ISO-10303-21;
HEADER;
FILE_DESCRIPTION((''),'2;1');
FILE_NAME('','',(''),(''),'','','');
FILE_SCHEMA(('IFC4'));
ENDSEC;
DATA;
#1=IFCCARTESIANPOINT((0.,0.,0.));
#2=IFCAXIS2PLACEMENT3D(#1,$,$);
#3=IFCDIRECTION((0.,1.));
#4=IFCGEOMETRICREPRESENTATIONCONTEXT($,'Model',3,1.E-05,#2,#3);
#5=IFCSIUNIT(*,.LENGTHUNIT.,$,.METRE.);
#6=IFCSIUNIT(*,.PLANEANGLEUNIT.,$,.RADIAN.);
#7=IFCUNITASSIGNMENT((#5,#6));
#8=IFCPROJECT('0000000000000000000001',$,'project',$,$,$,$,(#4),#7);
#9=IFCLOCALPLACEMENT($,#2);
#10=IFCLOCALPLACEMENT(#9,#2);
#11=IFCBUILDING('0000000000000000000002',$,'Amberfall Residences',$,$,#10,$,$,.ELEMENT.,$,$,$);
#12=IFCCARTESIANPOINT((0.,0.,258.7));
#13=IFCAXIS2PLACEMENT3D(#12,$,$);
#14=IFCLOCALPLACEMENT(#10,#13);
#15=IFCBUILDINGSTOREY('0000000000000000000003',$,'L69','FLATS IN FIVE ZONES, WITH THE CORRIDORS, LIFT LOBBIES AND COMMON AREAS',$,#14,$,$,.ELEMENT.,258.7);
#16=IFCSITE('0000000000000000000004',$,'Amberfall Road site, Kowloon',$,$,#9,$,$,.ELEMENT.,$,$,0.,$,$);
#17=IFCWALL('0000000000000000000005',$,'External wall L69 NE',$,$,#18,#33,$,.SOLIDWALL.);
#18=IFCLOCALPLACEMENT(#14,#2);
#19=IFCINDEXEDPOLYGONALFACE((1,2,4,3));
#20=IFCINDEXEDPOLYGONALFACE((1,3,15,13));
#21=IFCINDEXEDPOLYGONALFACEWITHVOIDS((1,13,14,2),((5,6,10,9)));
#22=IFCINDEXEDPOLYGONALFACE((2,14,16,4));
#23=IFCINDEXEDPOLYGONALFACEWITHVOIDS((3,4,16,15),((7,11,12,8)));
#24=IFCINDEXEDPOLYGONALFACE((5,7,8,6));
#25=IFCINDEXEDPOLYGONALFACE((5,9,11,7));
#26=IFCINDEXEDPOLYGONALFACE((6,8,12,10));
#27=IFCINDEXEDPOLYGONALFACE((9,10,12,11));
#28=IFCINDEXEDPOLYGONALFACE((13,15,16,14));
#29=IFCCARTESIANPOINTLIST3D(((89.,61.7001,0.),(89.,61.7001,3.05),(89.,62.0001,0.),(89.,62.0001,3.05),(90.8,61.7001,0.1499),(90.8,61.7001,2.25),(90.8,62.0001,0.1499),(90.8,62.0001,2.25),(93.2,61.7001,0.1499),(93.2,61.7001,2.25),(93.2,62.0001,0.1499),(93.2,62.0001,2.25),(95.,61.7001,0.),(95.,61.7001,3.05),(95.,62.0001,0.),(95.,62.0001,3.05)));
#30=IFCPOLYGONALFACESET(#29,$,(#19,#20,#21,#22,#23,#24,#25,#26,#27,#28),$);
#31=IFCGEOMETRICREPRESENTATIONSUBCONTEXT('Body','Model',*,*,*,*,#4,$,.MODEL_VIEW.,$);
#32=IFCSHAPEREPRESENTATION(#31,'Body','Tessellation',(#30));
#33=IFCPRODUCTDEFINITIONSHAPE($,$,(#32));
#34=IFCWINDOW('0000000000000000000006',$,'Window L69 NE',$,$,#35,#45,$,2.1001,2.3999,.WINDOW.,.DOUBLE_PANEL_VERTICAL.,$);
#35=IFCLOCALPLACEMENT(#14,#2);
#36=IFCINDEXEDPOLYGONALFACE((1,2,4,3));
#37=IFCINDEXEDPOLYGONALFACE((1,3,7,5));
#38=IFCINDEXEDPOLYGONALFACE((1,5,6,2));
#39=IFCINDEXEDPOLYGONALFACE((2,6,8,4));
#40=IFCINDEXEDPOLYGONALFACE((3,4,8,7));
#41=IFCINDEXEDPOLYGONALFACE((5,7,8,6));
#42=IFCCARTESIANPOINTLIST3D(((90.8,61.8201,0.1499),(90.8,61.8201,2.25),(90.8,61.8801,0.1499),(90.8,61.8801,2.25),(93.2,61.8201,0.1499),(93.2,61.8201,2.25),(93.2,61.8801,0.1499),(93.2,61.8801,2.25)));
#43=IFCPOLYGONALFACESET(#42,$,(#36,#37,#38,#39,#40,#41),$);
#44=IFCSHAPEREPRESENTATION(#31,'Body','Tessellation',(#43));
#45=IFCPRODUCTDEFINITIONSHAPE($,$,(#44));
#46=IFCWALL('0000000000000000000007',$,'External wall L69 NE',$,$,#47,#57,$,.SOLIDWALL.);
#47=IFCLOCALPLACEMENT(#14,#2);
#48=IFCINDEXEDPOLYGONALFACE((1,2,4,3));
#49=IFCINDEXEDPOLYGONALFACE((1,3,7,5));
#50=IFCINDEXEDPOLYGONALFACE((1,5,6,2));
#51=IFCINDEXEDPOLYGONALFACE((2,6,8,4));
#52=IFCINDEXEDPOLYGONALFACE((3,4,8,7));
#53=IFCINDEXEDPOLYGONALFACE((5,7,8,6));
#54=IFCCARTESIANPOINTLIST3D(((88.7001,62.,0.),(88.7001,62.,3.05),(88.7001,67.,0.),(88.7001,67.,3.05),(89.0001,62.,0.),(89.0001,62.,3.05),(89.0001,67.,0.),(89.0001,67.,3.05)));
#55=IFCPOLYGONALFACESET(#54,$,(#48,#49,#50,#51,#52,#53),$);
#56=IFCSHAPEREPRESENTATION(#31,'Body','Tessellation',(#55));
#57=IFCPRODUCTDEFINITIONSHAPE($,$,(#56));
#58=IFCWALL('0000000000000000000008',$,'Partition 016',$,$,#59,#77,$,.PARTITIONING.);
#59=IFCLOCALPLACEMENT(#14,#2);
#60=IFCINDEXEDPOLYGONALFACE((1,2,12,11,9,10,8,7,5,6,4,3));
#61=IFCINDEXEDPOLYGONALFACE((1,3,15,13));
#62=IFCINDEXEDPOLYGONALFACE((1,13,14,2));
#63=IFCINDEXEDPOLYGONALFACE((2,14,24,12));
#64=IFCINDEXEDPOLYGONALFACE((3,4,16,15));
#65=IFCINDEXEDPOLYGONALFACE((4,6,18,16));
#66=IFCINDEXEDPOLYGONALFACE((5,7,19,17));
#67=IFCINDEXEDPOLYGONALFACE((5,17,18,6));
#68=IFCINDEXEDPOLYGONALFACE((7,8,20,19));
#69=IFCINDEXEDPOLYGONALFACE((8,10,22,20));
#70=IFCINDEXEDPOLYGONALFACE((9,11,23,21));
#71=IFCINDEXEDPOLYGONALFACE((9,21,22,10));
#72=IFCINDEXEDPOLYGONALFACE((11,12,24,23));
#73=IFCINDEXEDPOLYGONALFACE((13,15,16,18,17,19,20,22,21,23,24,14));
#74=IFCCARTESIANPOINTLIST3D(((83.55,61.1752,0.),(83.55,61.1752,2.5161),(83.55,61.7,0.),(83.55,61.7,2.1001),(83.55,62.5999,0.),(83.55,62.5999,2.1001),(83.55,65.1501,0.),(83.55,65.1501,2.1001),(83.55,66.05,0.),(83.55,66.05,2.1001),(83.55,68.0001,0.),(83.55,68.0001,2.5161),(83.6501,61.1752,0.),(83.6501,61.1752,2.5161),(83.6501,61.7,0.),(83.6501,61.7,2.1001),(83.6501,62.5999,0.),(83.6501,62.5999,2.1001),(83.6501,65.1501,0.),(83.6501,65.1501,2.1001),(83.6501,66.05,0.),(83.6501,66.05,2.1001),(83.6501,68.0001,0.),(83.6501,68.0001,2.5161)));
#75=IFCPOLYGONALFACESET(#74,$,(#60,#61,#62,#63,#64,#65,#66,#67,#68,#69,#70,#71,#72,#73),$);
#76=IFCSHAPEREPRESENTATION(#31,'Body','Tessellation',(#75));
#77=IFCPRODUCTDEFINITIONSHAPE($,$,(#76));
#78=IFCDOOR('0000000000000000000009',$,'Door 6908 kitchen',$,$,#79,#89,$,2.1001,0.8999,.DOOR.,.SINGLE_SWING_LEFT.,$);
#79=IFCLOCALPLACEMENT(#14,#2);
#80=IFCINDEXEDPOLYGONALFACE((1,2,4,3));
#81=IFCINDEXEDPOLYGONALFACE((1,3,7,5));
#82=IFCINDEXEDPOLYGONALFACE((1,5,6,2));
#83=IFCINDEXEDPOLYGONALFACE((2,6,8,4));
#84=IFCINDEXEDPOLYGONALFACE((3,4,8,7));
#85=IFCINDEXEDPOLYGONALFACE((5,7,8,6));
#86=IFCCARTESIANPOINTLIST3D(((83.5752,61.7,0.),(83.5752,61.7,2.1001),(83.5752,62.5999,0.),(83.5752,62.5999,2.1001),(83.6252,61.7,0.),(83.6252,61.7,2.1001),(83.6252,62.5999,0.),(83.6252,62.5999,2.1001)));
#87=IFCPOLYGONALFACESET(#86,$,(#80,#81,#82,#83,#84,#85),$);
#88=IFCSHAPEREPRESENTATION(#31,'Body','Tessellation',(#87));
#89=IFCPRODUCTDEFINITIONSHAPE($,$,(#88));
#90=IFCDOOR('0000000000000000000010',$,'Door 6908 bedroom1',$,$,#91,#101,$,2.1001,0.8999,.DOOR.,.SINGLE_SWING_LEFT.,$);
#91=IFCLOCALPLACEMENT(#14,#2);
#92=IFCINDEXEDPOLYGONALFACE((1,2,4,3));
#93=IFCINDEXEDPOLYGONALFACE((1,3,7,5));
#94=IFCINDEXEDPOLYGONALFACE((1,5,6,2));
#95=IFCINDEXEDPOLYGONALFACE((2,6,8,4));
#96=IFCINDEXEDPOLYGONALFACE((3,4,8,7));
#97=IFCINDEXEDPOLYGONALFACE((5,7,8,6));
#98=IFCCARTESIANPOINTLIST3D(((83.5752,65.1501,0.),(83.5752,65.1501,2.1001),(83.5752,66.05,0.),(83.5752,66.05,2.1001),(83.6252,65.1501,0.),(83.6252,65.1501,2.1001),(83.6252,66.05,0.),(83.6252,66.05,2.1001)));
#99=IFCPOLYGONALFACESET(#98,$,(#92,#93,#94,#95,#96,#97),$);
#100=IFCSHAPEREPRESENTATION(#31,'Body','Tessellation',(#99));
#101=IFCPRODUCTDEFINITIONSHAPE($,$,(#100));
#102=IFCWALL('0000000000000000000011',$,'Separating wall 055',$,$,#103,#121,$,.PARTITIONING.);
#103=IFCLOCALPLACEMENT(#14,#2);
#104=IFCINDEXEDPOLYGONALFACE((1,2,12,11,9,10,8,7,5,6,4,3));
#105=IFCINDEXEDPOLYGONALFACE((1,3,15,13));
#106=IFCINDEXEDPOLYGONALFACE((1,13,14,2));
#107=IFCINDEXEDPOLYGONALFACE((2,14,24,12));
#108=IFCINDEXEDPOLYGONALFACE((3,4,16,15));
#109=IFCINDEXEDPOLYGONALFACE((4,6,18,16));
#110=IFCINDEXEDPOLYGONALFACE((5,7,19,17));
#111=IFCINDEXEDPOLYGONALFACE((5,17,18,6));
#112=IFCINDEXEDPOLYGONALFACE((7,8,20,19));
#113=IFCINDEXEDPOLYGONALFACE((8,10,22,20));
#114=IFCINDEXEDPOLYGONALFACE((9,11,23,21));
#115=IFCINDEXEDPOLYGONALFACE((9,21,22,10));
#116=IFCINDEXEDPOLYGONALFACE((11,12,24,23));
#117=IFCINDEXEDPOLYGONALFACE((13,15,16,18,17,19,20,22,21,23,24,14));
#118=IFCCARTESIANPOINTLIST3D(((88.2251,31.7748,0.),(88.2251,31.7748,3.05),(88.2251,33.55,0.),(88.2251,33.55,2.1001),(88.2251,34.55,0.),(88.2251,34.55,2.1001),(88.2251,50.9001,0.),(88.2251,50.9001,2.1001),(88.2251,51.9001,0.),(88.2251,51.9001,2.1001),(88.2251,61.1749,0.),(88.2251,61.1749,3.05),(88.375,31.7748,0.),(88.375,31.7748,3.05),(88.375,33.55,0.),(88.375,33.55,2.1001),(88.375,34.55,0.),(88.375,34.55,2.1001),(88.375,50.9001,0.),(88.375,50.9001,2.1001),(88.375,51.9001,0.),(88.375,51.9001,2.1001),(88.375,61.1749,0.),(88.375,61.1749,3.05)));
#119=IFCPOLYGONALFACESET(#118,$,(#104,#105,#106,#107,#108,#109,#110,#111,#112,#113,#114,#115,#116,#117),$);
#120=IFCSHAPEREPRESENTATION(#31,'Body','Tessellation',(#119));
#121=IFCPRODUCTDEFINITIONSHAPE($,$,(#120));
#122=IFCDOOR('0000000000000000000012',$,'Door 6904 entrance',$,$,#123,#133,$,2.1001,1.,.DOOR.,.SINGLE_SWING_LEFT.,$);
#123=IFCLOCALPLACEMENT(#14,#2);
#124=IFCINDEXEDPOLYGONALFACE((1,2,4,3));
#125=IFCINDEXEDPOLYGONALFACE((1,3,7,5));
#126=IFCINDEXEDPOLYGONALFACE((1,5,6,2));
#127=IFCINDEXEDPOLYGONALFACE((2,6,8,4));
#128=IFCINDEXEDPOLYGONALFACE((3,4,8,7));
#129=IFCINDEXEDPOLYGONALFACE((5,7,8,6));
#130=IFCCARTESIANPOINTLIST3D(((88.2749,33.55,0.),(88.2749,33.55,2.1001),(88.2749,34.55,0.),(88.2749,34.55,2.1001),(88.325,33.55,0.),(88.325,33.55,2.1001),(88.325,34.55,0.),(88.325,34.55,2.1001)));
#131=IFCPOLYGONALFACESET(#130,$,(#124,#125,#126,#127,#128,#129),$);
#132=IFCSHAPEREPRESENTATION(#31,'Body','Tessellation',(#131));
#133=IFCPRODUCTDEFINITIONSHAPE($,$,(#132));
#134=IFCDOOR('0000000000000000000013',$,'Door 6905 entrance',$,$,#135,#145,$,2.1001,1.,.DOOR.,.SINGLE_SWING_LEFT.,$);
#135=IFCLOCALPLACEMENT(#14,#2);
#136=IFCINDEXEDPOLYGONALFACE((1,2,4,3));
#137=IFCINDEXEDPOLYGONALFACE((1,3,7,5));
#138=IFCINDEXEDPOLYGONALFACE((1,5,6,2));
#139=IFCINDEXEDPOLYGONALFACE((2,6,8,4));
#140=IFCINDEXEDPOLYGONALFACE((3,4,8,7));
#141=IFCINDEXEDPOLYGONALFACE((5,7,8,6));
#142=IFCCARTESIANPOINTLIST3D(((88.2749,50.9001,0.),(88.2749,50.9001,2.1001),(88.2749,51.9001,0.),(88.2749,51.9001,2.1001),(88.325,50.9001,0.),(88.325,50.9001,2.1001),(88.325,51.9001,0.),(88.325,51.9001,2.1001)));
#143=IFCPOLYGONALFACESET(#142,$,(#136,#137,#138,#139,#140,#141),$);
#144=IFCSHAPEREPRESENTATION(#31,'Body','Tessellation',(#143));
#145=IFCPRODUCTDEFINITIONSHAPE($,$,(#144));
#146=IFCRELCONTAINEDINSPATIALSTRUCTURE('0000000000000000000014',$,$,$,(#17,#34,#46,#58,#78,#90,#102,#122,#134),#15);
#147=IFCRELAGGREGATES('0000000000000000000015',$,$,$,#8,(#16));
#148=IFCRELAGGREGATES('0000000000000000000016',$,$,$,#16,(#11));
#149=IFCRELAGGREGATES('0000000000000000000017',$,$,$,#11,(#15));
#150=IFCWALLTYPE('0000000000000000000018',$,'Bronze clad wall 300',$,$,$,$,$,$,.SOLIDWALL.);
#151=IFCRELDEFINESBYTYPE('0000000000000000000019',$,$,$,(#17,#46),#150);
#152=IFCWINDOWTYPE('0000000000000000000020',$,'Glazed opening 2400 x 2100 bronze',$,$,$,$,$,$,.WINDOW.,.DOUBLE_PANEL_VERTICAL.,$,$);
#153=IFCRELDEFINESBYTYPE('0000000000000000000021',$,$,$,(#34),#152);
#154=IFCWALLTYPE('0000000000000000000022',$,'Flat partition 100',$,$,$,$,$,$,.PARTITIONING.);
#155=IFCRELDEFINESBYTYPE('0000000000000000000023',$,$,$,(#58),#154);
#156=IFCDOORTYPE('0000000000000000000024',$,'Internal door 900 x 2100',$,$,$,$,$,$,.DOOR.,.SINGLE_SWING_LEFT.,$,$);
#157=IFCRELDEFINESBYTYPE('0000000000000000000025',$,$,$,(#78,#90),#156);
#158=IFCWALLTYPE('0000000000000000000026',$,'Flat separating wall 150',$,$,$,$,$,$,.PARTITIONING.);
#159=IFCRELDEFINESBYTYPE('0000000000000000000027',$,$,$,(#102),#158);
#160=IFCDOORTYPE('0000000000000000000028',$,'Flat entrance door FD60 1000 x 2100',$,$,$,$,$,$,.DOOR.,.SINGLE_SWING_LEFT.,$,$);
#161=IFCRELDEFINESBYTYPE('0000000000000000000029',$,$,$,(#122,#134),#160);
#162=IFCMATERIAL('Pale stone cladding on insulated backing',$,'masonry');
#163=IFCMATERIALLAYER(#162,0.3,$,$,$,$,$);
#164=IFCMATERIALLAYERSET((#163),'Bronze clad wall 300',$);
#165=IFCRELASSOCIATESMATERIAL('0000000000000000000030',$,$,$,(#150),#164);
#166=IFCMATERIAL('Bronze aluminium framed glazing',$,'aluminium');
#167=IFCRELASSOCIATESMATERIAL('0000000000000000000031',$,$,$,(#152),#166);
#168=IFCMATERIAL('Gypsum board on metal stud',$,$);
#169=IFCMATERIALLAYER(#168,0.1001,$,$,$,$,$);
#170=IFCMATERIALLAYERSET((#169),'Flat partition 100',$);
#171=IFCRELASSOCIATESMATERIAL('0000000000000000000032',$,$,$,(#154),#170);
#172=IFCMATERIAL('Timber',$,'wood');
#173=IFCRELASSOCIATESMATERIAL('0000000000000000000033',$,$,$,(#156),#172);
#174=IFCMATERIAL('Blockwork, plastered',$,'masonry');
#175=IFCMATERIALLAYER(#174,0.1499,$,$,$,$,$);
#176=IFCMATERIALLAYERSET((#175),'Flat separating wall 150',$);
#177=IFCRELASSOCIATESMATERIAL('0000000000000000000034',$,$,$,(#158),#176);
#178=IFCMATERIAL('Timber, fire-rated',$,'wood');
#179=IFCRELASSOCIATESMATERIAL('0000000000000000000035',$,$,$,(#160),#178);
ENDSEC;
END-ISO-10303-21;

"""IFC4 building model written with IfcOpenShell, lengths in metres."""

from ifc_helpers import new_model, si_unit, direction, frame, frame_2d, origin, place, context, subcontext, project, spatial, rectangle, extrude, material, layer, layer_set, type_object, element, fill, save


model = new_model("IFC4")

# Units and contexts
model_context = context("Model", 3, precision=1e-05, world=origin(), true_north=direction((0.0, 1.0)))
body_context = subcontext(model_context, "Body", "Model", "MODEL_VIEW")
ifc_project = project(units=[si_unit("LENGTHUNIT", "METRE"), si_unit("PLANEANGLEUNIT", "RADIAN")], contexts=[model_context])

# Site, building, storey
site_placement = place(None, origin())
site = spatial("IfcSite", under=ifc_project, at=site_placement, Name="Amberfall Road site, Kowloon", CompositionType="ELEMENT", RefElevation=0.0)
building_placement = place(site_placement, origin())
building = spatial("IfcBuilding", under=site, at=building_placement, Name="Amberfall Residences", CompositionType="ELEMENT")
storey_placement = place(building_placement, frame((0.0, 0.0, 258.7)))
storey = spatial("IfcBuildingStorey", under=building, at=storey_placement, Name="L69", Description="FLATS IN FIVE ZONES, WITH THE CORRIDORS, LIFT LOBBIES AND COMMON AREAS", CompositionType="ELEMENT", Elevation=258.7)

# Wall, opening, window
ifc_material_1 = material(Name="Pale stone cladding on insulated backing", Category="masonry")
ifc_layer_1 = layer(ifc_material_1, 0.3)
ifc_layer_set_1 = layer_set([ifc_layer_1], Name="Bronze clad wall 300")
wall_type_1 = type_object("IfcWallType", Name="Bronze clad wall 300", PredefinedType="SOLIDWALL", material=ifc_layer_set_1)
wall_1_placement = place(storey_placement, frame((95.0, 61.8501, 0.0), z_axis=(0.0, 0.0, 1.0), x_axis=(-1.0, 0.0, 0.0)))
wall_1 = element("IfcWall", 1, at=wall_1_placement, inside=storey, type_object=wall_type_1, Name="External wall L69 NE", PredefinedType="SOLIDWALL", context=body_context, shape_type="SweptSolid", body=[
    extrude(rectangle(XDim=6.0, YDim=0.3, at=frame_2d((3.0, 0.0))), origin(), (0.0, 0.0, 1.0), 3.05),
])
opening_1_placement = place(wall_1_placement, frame((1.8, 0.0, 0.1499)))
opening_1 = element("IfcOpeningElement", 2, at=opening_1_placement, cuts=wall_1, PredefinedType="OPENING", context=body_context, shape_type="SweptSolid", body=[
    extrude(rectangle(XDim=2.3999, YDim=2.1001, at=frame_2d((1.2, 1.05))), frame((0.0, 0.1599, 0.0), z_axis=(0.0, -1.0, 0.0), x_axis=(1.0, 0.0, 0.0)), (0.0, 0.0, 1.0), 0.3201),
])
ifc_material_2 = material(Name="Bronze aluminium framed glazing", Category="aluminium")
window_type = type_object("IfcWindowType", Name="Glazed opening 2400 x 2100 bronze", PartitioningType="DOUBLE_PANEL_VERTICAL", PredefinedType="WINDOW", material=ifc_material_2)
window_placement = place(opening_1_placement, origin())
window = element("IfcWindow", 3, at=window_placement, inside=storey, type_object=window_type, Name="Window L69 NE", OverallHeight=2.1001, OverallWidth=2.3999, PartitioningType="DOUBLE_PANEL_VERTICAL", PredefinedType="WINDOW", context=body_context, shape_type="SweptSolid", body=[
    extrude(rectangle(XDim=2.3999, YDim=2.1001, at=frame_2d((1.2, 1.05))), frame((0.0, 0.03, 0.0), z_axis=(0.0, -1.0, 0.0), x_axis=(1.0, 0.0, 0.0)), (0.0, 0.0, 1.0), 0.0601),
])
fill(opening_1, window)

# Wall
wall_2_placement = place(storey_placement, frame((88.8501, 62.0, 0.0), z_axis=(0.0, 0.0, 1.0), x_axis=(0.0, 1.0, 0.0)))
element("IfcWall", 4, at=wall_2_placement, inside=storey, type_object=wall_type_1, Name="External wall L69 NE", PredefinedType="SOLIDWALL", context=body_context, shape_type="SweptSolid", body=[
    extrude(rectangle(XDim=5.0, YDim=0.3, at=frame_2d((2.5, 0.0))), origin(), (0.0, 0.0, 1.0), 3.05),
])

# Walls, openings, doors
ifc_material_3 = material(Name="Gypsum board on metal stud")
ifc_layer_2 = layer(ifc_material_3, 0.1001)
ifc_layer_set_2 = layer_set([ifc_layer_2], Name="Flat partition 100")
wall_type_2 = type_object("IfcWallType", Name="Flat partition 100", PredefinedType="PARTITIONING", material=ifc_layer_set_2)
wall_3_placement = place(storey_placement, frame((83.6001, 61.175, 0.0), z_axis=(0.0, 0.0, 1.0), x_axis=(0.0, 1.0, 0.0)))
wall_3 = element("IfcWall", 5, at=wall_3_placement, inside=storey, type_object=wall_type_2, Name="Partition 016", PredefinedType="PARTITIONING", context=body_context, shape_type="SweptSolid", body=[
    extrude(rectangle(XDim=6.825, YDim=0.1001, at=frame_2d((3.4126, 0.0))), origin(), (0.0, 0.0, 1.0), 2.5161),
])
opening_2_placement = place(wall_3_placement, frame((0.5249, 0.0, 0.0)))
opening_2 = element("IfcOpeningElement", 6, at=opening_2_placement, cuts=wall_3, PredefinedType="OPENING", context=body_context, shape_type="SweptSolid", body=[
    extrude(rectangle(XDim=0.8999, YDim=2.1001, at=frame_2d((0.45, 1.05))), frame((0.0, 0.0601, 0.0), z_axis=(0.0, -1.0, 0.0), x_axis=(1.0, 0.0, 0.0)), (0.0, 0.0, 1.0), 0.1201),
])
opening_3_placement = place(wall_3_placement, frame((3.9751, 0.0, 0.0)))
opening_3 = element("IfcOpeningElement", 7, at=opening_3_placement, cuts=wall_3, PredefinedType="OPENING", context=body_context, shape_type="SweptSolid", body=[
    extrude(rectangle(XDim=0.8999, YDim=2.1001, at=frame_2d((0.45, 1.05))), frame((0.0, 0.0601, 0.0), z_axis=(0.0, -1.0, 0.0), x_axis=(1.0, 0.0, 0.0)), (0.0, 0.0, 1.0), 0.1201),
])
ifc_material_4 = material(Name="Timber", Category="wood")
door_type_1 = type_object("IfcDoorType", Name="Internal door 900 x 2100", OperationType="SINGLE_SWING_LEFT", PredefinedType="DOOR", material=ifc_material_4)
door_1_placement = place(opening_2_placement, origin())
door_1 = element("IfcDoor", 8, at=door_1_placement, inside=storey, type_object=door_type_1, Name="Door 6908 kitchen", OperationType="SINGLE_SWING_LEFT", OverallHeight=2.1001, OverallWidth=0.8999, PredefinedType="DOOR", context=body_context, shape_type="SweptSolid", body=[
    extrude(rectangle(XDim=0.8999, YDim=2.1001, at=frame_2d((0.45, 1.05))), frame((0.0, 0.0249, 0.0), z_axis=(0.0, -1.0, 0.0), x_axis=(1.0, 0.0, 0.0)), (0.0, 0.0, 1.0), 0.05),
])
fill(opening_2, door_1)
door_2_placement = place(opening_3_placement, origin())
door_2 = element("IfcDoor", 9, at=door_2_placement, inside=storey, type_object=door_type_1, Name="Door 6908 bedroom1", OperationType="SINGLE_SWING_LEFT", OverallHeight=2.1001, OverallWidth=0.8999, PredefinedType="DOOR", context=body_context, shape_type="SweptSolid", body=[
    extrude(rectangle(XDim=0.8999, YDim=2.1001, at=frame_2d((0.45, 1.05))), frame((0.0, 0.0249, 0.0), z_axis=(0.0, -1.0, 0.0), x_axis=(1.0, 0.0, 0.0)), (0.0, 0.0, 1.0), 0.05),
])
fill(opening_3, door_2)
ifc_material_5 = material(Name="Blockwork, plastered", Category="masonry")
ifc_layer_3 = layer(ifc_material_5, 0.1499)
ifc_layer_set_3 = layer_set([ifc_layer_3], Name="Flat separating wall 150")
wall_type_3 = type_object("IfcWallType", Name="Flat separating wall 150", PredefinedType="PARTITIONING", material=ifc_layer_set_3)
wall_4_placement = place(storey_placement, frame((88.3, 61.175, 0.0), z_axis=(0.0, 0.0, 1.0), x_axis=(0.0, -1.0, 0.0)))
wall_4 = element("IfcWall", 10, at=wall_4_placement, inside=storey, type_object=wall_type_3, Name="Separating wall 055", PredefinedType="PARTITIONING", context=body_context, shape_type="SweptSolid", body=[
    extrude(rectangle(XDim=29.4001, YDim=0.1499, at=frame_2d((14.7002, 0.0))), origin(), (0.0, 0.0, 1.0), 3.05),
])
opening_4_placement = place(wall_4_placement, frame((26.625, 0.0, 0.0)))
opening_4 = element("IfcOpeningElement", 11, at=opening_4_placement, cuts=wall_4, PredefinedType="OPENING", context=body_context, shape_type="SweptSolid", body=[
    extrude(rectangle(XDim=1.0, YDim=2.1001, at=frame_2d((0.5, 1.05))), frame((0.0, 0.085, 0.0), z_axis=(0.0, -1.0, 0.0), x_axis=(1.0, 0.0, 0.0)), (0.0, 0.0, 1.0), 0.1699),
])
opening_5_placement = place(wall_4_placement, frame((9.2749, 0.0, 0.0)))
opening_5 = element("IfcOpeningElement", 12, at=opening_5_placement, cuts=wall_4, PredefinedType="OPENING", context=body_context, shape_type="SweptSolid", body=[
    extrude(rectangle(XDim=1.0, YDim=2.1001, at=frame_2d((0.5, 1.05))), frame((0.0, 0.085, 0.0), z_axis=(0.0, -1.0, 0.0), x_axis=(1.0, 0.0, 0.0)), (0.0, 0.0, 1.0), 0.1699),
])
ifc_material_6 = material(Name="Timber, fire-rated", Category="wood")
door_type_2 = type_object("IfcDoorType", Name="Flat entrance door FD60 1000 x 2100", OperationType="SINGLE_SWING_LEFT", PredefinedType="DOOR", material=ifc_material_6)
door_3_placement = place(opening_4_placement, origin())
door_3 = element("IfcDoor", 13, at=door_3_placement, inside=storey, type_object=door_type_2, Name="Door 6904 entrance", OperationType="SINGLE_SWING_LEFT", OverallHeight=2.1001, OverallWidth=1.0, PredefinedType="DOOR", context=body_context, shape_type="SweptSolid", body=[
    extrude(rectangle(XDim=1.0, YDim=2.1001, at=frame_2d((0.5, 1.05))), frame((0.0, 0.0249, 0.0), z_axis=(0.0, -1.0, 0.0), x_axis=(1.0, 0.0, 0.0)), (0.0, 0.0, 1.0), 0.05),
])
fill(opening_4, door_3)
door_4_placement = place(opening_5_placement, origin())
door_4 = element("IfcDoor", 14, at=door_4_placement, inside=storey, type_object=door_type_2, Name="Door 6905 entrance", OperationType="SINGLE_SWING_LEFT", OverallHeight=2.1001, OverallWidth=1.0, PredefinedType="DOOR", context=body_context, shape_type="SweptSolid", body=[
    extrude(rectangle(XDim=1.0, YDim=2.1001, at=frame_2d((0.5, 1.05))), frame((0.0, 0.0249, 0.0), z_axis=(0.0, -1.0, 0.0), x_axis=(1.0, 0.0, 0.0)), (0.0, 0.0, 1.0), 0.05),
])
fill(opening_5, door_4)

save(model, "model.ifc")
